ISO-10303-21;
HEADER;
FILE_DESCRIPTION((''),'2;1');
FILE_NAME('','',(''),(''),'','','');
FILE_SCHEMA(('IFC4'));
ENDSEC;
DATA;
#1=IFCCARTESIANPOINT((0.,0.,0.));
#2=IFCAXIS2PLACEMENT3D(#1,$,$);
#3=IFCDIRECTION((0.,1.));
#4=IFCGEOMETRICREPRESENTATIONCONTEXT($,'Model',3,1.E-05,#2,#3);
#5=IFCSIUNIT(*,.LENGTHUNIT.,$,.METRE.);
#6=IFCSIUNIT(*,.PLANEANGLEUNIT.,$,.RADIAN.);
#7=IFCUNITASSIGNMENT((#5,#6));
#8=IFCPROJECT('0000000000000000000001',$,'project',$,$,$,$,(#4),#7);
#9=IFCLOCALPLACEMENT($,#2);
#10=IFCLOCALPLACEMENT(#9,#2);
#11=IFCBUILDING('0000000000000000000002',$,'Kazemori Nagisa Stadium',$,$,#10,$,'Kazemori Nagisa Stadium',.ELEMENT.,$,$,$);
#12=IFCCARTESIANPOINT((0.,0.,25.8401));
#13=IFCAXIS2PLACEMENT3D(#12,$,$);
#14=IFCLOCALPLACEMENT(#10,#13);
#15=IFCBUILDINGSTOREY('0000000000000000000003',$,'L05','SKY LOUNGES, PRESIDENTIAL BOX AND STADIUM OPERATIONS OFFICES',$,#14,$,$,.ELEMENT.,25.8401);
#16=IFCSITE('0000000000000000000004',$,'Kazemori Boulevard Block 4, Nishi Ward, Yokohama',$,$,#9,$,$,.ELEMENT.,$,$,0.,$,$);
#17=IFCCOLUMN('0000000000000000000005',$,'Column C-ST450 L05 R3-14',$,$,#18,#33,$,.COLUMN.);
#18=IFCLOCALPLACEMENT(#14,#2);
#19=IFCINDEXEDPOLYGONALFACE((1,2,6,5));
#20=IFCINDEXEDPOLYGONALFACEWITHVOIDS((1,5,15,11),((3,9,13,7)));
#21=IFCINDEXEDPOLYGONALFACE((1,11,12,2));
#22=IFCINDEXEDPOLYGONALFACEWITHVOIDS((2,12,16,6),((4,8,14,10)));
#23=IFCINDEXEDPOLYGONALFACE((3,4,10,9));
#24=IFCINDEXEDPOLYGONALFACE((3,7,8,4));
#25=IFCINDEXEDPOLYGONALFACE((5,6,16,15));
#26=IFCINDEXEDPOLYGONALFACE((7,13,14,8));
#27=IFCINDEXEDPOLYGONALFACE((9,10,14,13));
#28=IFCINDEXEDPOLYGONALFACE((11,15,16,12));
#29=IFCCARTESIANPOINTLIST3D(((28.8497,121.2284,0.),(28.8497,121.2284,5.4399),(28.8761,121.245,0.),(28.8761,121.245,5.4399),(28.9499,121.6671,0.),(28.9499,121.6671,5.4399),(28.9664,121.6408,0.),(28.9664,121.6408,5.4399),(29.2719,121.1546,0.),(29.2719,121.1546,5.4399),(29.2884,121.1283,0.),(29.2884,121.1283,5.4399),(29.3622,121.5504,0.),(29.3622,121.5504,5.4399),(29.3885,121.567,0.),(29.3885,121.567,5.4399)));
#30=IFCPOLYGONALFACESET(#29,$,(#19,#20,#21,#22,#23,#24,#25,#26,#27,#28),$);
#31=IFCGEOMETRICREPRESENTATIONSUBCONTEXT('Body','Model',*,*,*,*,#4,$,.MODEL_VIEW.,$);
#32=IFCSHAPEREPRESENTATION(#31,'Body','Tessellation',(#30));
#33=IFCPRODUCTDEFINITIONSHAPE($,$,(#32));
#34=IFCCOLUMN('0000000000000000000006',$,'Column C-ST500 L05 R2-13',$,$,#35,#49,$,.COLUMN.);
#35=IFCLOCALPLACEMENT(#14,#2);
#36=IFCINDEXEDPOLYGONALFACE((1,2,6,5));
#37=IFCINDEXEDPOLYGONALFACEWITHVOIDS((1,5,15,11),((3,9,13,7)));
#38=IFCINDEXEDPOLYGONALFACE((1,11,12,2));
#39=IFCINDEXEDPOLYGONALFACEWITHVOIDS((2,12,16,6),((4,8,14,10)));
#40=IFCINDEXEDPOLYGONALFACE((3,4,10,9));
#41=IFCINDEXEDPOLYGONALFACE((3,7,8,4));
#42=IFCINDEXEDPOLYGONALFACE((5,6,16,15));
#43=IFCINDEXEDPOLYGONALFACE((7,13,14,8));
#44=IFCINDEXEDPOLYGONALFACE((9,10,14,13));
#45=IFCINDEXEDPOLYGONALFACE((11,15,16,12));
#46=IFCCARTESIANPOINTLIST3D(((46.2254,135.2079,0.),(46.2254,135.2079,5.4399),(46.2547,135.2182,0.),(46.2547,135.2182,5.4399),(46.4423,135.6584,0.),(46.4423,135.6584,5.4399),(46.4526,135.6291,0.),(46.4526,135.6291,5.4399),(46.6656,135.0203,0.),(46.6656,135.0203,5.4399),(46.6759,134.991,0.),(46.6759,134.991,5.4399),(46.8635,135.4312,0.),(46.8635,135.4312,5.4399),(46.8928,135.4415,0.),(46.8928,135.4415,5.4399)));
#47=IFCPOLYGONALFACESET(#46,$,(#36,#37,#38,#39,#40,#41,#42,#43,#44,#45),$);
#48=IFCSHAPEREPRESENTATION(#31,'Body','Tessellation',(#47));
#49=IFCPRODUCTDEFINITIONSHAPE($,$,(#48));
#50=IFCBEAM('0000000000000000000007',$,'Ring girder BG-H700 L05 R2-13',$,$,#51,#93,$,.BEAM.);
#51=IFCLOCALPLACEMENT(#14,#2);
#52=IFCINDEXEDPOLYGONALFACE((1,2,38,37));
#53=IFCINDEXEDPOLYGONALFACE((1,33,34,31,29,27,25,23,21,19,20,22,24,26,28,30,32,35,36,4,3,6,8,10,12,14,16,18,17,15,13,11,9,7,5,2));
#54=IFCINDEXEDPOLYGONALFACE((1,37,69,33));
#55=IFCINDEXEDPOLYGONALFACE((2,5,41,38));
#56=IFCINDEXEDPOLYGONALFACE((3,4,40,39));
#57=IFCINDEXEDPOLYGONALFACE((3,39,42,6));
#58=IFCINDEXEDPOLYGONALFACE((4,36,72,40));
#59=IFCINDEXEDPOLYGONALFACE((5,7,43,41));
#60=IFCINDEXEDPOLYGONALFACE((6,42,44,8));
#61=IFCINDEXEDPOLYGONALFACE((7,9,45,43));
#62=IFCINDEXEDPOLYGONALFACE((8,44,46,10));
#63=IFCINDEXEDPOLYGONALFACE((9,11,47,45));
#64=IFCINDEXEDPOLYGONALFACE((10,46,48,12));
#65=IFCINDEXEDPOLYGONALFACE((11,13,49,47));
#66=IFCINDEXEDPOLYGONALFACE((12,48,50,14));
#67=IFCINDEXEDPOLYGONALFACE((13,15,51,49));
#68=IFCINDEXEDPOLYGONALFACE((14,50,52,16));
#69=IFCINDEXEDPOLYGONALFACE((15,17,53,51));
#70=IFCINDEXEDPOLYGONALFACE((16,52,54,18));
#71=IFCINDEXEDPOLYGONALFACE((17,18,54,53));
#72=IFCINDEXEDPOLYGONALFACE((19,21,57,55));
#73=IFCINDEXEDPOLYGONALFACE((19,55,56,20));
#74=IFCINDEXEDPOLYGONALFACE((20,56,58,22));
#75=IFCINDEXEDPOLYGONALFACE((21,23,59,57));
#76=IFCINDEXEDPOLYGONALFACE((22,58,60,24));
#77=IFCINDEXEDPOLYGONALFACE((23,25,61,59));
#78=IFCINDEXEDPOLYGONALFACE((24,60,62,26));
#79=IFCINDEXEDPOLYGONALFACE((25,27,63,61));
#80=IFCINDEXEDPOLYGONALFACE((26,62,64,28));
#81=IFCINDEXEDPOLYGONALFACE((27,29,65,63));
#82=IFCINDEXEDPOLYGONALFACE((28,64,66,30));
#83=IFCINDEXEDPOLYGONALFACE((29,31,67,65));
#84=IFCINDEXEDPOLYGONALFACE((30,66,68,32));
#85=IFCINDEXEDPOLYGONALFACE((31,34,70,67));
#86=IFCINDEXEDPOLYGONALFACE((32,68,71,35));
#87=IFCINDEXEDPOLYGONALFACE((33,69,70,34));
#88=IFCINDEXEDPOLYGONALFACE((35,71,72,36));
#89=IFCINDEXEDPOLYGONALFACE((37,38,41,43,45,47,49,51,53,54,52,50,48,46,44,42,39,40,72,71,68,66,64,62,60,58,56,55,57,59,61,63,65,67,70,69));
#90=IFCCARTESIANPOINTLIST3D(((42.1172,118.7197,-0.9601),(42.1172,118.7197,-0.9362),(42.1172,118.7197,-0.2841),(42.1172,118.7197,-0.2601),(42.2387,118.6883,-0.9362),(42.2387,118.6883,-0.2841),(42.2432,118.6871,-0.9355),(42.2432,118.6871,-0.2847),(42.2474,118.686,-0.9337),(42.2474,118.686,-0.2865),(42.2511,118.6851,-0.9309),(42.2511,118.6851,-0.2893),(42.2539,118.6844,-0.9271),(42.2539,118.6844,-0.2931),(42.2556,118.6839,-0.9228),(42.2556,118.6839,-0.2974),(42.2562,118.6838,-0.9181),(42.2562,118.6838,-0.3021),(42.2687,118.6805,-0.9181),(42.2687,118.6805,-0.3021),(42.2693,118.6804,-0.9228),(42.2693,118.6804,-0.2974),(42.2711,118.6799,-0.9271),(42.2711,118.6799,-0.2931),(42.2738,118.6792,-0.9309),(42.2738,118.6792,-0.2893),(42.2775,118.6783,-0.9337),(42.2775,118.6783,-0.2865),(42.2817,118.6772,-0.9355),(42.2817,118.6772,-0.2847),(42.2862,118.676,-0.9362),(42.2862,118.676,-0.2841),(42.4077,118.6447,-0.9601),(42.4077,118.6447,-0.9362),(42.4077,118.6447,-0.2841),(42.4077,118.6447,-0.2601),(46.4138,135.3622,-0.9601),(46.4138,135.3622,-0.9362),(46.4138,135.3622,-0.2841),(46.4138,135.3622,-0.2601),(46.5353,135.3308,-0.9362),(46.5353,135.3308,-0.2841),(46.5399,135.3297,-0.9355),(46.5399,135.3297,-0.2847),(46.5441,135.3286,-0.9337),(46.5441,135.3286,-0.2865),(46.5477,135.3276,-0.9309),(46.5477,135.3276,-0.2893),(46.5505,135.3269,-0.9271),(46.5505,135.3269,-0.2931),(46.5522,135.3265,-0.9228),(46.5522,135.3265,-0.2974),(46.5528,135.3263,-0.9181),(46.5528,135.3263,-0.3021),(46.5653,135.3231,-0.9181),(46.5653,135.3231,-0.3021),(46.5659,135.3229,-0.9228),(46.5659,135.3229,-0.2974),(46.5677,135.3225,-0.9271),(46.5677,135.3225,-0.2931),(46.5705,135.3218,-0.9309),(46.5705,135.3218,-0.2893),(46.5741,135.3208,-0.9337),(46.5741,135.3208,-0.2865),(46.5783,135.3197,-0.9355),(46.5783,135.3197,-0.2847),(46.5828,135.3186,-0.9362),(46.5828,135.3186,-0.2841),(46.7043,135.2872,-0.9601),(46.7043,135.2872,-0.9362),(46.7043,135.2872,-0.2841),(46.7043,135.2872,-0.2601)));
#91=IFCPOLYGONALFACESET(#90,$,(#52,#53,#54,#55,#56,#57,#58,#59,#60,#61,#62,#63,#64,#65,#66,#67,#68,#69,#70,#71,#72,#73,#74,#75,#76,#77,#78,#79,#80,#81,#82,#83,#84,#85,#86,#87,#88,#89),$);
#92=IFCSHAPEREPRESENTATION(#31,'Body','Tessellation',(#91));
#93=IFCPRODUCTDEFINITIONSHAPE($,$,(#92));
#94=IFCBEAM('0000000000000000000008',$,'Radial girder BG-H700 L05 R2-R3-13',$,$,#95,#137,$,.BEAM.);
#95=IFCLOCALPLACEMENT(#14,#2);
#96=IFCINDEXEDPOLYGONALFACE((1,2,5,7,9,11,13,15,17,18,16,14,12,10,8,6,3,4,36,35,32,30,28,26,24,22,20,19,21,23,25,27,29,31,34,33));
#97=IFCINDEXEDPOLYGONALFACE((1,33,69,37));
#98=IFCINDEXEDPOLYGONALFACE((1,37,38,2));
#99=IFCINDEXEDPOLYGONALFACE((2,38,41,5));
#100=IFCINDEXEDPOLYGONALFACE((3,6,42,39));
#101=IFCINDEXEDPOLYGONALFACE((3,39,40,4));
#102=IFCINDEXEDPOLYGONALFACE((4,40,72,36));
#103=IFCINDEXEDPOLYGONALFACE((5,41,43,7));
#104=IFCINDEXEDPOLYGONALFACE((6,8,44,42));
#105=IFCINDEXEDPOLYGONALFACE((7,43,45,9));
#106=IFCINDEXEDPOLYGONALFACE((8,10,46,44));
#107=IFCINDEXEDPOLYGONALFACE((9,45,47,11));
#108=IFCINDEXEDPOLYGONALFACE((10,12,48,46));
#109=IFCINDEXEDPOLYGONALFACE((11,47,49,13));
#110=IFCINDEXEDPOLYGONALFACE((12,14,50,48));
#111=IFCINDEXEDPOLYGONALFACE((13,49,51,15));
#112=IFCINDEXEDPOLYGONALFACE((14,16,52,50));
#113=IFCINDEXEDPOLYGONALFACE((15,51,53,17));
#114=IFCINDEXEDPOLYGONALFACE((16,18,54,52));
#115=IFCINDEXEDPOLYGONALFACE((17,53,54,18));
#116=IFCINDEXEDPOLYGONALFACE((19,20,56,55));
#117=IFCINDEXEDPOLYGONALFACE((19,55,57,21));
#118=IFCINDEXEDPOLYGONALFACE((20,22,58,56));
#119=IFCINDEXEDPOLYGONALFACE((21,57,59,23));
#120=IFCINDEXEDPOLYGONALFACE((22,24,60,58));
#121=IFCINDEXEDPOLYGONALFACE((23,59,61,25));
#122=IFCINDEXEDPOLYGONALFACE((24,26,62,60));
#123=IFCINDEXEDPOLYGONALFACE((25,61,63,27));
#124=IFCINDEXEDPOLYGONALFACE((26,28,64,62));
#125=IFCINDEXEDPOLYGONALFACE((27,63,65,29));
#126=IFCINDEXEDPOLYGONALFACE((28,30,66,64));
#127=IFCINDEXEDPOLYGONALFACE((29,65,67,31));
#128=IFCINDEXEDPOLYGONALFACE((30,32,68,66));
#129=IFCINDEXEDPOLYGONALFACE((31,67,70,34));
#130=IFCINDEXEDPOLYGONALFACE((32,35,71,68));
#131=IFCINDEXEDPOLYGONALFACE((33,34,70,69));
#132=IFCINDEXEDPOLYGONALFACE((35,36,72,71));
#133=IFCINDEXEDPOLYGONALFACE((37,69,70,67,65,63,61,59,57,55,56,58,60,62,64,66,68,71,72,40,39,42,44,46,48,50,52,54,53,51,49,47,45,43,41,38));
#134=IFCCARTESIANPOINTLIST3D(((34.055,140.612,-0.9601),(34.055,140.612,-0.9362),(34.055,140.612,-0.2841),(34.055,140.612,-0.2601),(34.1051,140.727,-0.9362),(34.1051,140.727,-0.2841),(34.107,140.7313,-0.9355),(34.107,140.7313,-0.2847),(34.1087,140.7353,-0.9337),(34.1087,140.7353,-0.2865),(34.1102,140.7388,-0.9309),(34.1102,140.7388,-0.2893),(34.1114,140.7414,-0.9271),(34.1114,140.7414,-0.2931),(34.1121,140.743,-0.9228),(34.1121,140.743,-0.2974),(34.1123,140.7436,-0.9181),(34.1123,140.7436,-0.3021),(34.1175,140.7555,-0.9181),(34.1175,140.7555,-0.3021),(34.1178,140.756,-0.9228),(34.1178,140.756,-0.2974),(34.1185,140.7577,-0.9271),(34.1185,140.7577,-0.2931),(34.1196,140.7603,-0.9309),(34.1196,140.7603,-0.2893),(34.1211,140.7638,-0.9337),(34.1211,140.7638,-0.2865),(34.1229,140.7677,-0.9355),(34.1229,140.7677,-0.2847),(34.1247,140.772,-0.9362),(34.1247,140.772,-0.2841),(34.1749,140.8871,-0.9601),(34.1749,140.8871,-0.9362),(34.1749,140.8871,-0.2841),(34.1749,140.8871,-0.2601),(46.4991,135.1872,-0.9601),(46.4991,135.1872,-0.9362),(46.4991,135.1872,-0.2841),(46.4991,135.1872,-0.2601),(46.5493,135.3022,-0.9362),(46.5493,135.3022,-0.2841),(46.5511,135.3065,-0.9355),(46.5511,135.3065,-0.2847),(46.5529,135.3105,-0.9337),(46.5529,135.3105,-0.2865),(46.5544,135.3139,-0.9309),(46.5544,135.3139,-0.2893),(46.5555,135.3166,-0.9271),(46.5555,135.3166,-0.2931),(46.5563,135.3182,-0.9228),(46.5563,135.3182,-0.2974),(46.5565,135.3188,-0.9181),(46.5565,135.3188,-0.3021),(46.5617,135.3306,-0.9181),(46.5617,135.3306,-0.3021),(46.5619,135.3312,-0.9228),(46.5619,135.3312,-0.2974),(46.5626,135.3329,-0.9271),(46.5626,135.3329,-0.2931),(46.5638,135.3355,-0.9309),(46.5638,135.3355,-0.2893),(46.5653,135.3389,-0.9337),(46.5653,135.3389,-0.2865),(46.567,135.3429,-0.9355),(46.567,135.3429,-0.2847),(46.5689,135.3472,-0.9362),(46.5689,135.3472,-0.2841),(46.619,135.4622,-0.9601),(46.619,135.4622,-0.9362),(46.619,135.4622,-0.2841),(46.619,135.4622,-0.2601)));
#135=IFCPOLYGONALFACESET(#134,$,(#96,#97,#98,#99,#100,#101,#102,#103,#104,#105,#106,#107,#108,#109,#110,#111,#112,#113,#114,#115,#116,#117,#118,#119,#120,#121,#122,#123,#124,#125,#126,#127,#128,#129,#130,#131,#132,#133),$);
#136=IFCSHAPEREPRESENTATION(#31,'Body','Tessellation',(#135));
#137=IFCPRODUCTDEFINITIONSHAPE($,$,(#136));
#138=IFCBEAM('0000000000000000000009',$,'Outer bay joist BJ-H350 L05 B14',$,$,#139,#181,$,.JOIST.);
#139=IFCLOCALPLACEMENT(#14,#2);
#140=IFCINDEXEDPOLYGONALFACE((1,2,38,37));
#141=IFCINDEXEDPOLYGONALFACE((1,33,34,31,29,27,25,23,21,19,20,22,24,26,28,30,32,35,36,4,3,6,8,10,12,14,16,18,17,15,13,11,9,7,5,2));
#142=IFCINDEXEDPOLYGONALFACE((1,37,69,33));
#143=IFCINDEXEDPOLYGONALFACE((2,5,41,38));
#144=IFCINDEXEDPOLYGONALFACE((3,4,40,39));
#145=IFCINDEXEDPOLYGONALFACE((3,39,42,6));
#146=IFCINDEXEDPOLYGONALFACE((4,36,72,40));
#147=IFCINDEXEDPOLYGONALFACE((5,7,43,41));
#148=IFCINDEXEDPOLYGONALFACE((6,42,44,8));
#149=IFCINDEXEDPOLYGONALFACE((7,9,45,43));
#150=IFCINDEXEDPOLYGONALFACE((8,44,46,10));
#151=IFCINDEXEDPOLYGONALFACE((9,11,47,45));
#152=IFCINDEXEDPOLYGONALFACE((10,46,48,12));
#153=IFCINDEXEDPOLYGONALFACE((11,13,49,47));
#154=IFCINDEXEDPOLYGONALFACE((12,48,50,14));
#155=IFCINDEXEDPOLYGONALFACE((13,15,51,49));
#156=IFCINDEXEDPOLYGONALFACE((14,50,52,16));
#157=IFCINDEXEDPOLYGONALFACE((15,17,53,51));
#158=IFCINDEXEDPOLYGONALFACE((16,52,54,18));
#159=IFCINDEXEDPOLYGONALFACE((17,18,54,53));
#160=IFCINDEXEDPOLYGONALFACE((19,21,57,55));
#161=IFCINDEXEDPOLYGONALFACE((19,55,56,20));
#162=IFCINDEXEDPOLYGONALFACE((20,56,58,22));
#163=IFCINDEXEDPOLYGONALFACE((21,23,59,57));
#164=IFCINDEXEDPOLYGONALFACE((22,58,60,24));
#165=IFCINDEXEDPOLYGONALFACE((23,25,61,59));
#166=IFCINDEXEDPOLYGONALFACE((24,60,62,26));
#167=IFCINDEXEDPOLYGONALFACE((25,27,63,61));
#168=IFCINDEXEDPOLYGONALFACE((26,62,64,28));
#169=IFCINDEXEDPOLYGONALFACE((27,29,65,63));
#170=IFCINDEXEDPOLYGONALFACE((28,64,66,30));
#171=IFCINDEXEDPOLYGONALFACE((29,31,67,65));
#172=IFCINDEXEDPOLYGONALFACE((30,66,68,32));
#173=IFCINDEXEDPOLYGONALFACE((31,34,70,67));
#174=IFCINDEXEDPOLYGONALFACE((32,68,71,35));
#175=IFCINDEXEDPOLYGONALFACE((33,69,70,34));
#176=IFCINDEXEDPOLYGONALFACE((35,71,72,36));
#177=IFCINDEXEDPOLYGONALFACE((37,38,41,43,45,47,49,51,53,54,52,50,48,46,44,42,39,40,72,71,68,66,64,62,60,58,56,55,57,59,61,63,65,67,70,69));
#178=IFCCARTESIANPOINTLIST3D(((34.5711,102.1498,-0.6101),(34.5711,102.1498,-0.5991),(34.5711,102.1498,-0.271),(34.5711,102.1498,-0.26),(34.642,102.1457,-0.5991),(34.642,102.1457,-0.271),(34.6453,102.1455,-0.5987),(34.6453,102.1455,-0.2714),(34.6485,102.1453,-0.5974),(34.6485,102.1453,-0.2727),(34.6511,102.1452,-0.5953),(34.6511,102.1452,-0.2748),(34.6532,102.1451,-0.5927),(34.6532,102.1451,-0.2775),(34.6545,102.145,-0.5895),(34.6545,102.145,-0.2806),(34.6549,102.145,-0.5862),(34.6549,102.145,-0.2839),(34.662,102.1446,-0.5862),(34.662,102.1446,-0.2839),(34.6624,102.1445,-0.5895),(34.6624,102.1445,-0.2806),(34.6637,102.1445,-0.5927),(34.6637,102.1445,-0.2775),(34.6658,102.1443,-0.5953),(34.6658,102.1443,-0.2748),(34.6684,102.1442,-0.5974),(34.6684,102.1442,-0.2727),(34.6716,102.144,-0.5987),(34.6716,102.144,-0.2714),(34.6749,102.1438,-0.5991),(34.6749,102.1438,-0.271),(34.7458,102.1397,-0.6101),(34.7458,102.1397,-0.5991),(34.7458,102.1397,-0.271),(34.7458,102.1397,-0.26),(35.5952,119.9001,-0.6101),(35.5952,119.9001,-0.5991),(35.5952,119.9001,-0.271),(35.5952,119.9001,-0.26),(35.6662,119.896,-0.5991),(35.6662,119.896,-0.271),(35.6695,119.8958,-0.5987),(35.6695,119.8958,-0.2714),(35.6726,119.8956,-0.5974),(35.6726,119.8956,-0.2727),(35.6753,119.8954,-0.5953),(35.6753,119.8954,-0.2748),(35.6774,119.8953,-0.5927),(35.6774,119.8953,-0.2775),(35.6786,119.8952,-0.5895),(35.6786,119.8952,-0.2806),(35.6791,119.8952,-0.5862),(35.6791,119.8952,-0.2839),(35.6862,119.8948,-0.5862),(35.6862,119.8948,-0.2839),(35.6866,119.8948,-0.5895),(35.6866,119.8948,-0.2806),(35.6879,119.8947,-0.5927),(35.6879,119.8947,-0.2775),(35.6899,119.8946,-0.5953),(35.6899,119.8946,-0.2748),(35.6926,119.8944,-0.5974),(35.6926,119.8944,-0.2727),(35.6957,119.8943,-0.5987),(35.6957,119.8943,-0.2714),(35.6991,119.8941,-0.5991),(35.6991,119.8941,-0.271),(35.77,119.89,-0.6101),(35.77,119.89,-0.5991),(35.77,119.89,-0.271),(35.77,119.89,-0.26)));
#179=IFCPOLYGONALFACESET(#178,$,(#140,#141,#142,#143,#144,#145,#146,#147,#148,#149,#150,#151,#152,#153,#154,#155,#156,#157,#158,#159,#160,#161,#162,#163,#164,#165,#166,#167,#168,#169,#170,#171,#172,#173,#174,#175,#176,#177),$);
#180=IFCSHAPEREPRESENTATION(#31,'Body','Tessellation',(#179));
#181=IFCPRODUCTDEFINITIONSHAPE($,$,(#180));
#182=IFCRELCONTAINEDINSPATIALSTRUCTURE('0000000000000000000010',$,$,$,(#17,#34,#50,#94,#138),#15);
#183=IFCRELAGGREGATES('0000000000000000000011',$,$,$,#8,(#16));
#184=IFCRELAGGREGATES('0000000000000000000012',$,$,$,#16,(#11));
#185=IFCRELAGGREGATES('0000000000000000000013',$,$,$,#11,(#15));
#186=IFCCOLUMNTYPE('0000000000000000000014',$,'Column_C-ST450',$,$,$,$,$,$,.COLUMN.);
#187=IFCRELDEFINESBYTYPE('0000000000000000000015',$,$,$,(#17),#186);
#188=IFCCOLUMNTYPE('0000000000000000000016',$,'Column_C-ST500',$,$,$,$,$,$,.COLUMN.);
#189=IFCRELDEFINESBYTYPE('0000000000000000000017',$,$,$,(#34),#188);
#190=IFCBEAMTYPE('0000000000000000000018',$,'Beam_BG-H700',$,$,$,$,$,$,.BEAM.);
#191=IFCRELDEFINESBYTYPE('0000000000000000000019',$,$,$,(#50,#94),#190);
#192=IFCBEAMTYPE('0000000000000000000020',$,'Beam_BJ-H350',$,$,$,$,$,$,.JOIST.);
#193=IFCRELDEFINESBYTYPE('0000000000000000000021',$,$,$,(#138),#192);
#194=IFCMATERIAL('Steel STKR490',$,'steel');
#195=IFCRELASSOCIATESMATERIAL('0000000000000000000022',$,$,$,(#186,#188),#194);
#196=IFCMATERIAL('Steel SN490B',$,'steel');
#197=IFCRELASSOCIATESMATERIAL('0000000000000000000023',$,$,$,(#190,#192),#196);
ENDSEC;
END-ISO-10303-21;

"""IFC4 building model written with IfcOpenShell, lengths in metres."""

from ifc_helpers import new_model, si_unit, direction, frame, origin, origin_2d, place, context, subcontext, project, spatial, hollow_rectangle, i_section, extrude, material, material_profile, profile_set, type_object, element, save


model = new_model("IFC4")

# Units and contexts
model_context = context("Model", 3, precision=1e-05, world=origin(), true_north=direction((0.0, 1.0)))
body_context = subcontext(model_context, "Body", "Model", "MODEL_VIEW")
ifc_project = project(units=[si_unit("LENGTHUNIT", "METRE"), si_unit("PLANEANGLEUNIT", "RADIAN")], contexts=[model_context])

# Site, building, storey
site_placement = place(None, origin())
site = spatial("IfcSite", under=ifc_project, at=site_placement, Name="Kazemori Boulevard Block 4, Nishi Ward, Yokohama", CompositionType="ELEMENT", RefElevation=0.0)
building_placement = place(site_placement, origin())
building = spatial("IfcBuilding", under=site, at=building_placement, Name="Kazemori Nagisa Stadium", LongName="Kazemori Nagisa Stadium", CompositionType="ELEMENT")
storey_placement = place(building_placement, frame((0.0, 0.0, 25.8401)))
storey = spatial("IfcBuildingStorey", under=building, at=storey_placement, Name="L05", Description="SKY LOUNGES, PRESIDENTIAL BOX AND STADIUM OPERATIONS OFFICES", CompositionType="ELEMENT", Elevation=25.8401)

# Columns
ifc_material_1 = material(Name="Steel STKR490", Category="steel")
ifc_material_profile_1 = material_profile(ifc_material_1, hollow_rectangle(XDim=0.45, YDim=0.45, WallThickness=0.022, at=origin_2d()), Name="SHS-450x450x22")
ifc_profile_set_1 = profile_set([ifc_material_profile_1], Name="Steel STKR490")
column_type_1 = type_object("IfcColumnType", Name="Column_C-ST450", PredefinedType="COLUMN", material=ifc_profile_set_1)
column_1_placement = place(storey_placement, frame((29.1191, 121.3977, 0.0), z_axis=(0.0, 0.0, 1.0), x_axis=(-0.974928, 0.222521, 0.0)))
element("IfcColumn", 1, at=column_1_placement, inside=storey, type_object=column_type_1, Name="Column C-ST450 L05 R3-14", PredefinedType="COLUMN", context=body_context, shape_type="SweptSolid", body=[
    extrude(hollow_rectangle(XDim=0.45, YDim=0.45, WallThickness=0.022, at=origin_2d()), origin(), (0.0, 0.0, 1.0), 5.4399),
])
ifc_material_profile_2 = material_profile(ifc_material_1, hollow_rectangle(XDim=0.5, YDim=0.5, WallThickness=0.022, at=origin_2d()), Name="SHS-500x500x22")
ifc_profile_set_2 = profile_set([ifc_material_profile_2], Name="Steel STKR490")
column_type_2 = type_object("IfcColumnType", Name="Column_C-ST500", PredefinedType="COLUMN", material=ifc_profile_set_2)
column_2_placement = place(storey_placement, frame((46.5591, 135.3247, 0.0), z_axis=(0.0, 0.0, 1.0), x_axis=(-0.900969, 0.433884, 0.0)))
element("IfcColumn", 2, at=column_2_placement, inside=storey, type_object=column_type_2, Name="Column C-ST500 L05 R2-13", PredefinedType="COLUMN", context=body_context, shape_type="SweptSolid", body=[
    extrude(hollow_rectangle(XDim=0.5, YDim=0.5, WallThickness=0.022, at=origin_2d()), origin(), (0.0, 0.0, 1.0), 5.4399),
])

# Beams
ifc_material_2 = material(Name="Steel SN490B", Category="steel")
ifc_material_profile_3 = material_profile(ifc_material_2, i_section(OverallWidth=0.3, OverallDepth=0.7, WebThickness=0.0129, FlangeThickness=0.0239, FilletRadius=0.0181, at=origin_2d()), Name="H-700x300x13x24")
ifc_profile_set_3 = profile_set([ifc_material_profile_3], Name="Steel SN490B")
beam_type_1 = type_object("IfcBeamType", Name="Beam_BG-H700", PredefinedType="BEAM", material=ifc_profile_set_3)
beam_1_placement = place(storey_placement, frame((46.5591, 135.3247, -0.6101), z_axis=(-0.249975, -0.968252, 0.0), x_axis=(0.968252, -0.249975, 0.0)))
element("IfcBeam", 3, at=beam_1_placement, inside=storey, type_object=beam_type_1, Name="Ring girder BG-H700 L05 R2-13", PredefinedType="BEAM", context=body_context, shape_type="SweptSolid", body=[
    extrude(i_section(OverallWidth=0.3, OverallDepth=0.7, WebThickness=0.0129, FlangeThickness=0.0239, FilletRadius=0.0181, at=origin_2d()), origin(), (0.0, 0.0, 1.0), 17.1882),
])
beam_2_placement = place(storey_placement, frame((46.5591, 135.3247, -0.6101), z_axis=(-0.916684, 0.399614, 0.0), x_axis=(-0.399614, -0.916684, 0.0)))
element("IfcBeam", 4, at=beam_2_placement, inside=storey, type_object=beam_type_1, Name="Radial girder BG-H700 L05 R2-R3-13", PredefinedType="BEAM", context=body_context, shape_type="SweptSolid", body=[
    extrude(i_section(OverallWidth=0.3, OverallDepth=0.7, WebThickness=0.0129, FlangeThickness=0.0239, FilletRadius=0.0181, at=origin_2d()), origin(), (0.0, 0.0, 1.0), 13.5752),
])
ifc_material_profile_4 = material_profile(ifc_material_2, i_section(OverallWidth=0.175, OverallDepth=0.3501, WebThickness=0.0071, FlangeThickness=0.011, FilletRadius=0.0129, at=origin_2d()), Name="H-350x175x7x11")
ifc_profile_set_4 = profile_set([ifc_material_profile_4], Name="Steel SN490B")
beam_type_2 = type_object("IfcBeamType", Name="Beam_BJ-H350", PredefinedType="JOIST", material=ifc_profile_set_4)
beam_3_placement = place(storey_placement, frame((35.6826, 119.895, -0.4351), z_axis=(-0.057603, -0.99834, 0.0), x_axis=(0.99834, -0.057603, 0.0)))
element("IfcBeam", 5, at=beam_3_placement, inside=storey, type_object=beam_type_2, Name="Outer bay joist BJ-H350 L05 B14", PredefinedType="JOIST", context=body_context, shape_type="SweptSolid", body=[
    extrude(i_section(OverallWidth=0.175, OverallDepth=0.3501, WebThickness=0.0071, FlangeThickness=0.011, FilletRadius=0.0129, at=origin_2d()), origin(), (0.0, 0.0, 1.0), 17.7798),
])

save(model, "model.ifc")
